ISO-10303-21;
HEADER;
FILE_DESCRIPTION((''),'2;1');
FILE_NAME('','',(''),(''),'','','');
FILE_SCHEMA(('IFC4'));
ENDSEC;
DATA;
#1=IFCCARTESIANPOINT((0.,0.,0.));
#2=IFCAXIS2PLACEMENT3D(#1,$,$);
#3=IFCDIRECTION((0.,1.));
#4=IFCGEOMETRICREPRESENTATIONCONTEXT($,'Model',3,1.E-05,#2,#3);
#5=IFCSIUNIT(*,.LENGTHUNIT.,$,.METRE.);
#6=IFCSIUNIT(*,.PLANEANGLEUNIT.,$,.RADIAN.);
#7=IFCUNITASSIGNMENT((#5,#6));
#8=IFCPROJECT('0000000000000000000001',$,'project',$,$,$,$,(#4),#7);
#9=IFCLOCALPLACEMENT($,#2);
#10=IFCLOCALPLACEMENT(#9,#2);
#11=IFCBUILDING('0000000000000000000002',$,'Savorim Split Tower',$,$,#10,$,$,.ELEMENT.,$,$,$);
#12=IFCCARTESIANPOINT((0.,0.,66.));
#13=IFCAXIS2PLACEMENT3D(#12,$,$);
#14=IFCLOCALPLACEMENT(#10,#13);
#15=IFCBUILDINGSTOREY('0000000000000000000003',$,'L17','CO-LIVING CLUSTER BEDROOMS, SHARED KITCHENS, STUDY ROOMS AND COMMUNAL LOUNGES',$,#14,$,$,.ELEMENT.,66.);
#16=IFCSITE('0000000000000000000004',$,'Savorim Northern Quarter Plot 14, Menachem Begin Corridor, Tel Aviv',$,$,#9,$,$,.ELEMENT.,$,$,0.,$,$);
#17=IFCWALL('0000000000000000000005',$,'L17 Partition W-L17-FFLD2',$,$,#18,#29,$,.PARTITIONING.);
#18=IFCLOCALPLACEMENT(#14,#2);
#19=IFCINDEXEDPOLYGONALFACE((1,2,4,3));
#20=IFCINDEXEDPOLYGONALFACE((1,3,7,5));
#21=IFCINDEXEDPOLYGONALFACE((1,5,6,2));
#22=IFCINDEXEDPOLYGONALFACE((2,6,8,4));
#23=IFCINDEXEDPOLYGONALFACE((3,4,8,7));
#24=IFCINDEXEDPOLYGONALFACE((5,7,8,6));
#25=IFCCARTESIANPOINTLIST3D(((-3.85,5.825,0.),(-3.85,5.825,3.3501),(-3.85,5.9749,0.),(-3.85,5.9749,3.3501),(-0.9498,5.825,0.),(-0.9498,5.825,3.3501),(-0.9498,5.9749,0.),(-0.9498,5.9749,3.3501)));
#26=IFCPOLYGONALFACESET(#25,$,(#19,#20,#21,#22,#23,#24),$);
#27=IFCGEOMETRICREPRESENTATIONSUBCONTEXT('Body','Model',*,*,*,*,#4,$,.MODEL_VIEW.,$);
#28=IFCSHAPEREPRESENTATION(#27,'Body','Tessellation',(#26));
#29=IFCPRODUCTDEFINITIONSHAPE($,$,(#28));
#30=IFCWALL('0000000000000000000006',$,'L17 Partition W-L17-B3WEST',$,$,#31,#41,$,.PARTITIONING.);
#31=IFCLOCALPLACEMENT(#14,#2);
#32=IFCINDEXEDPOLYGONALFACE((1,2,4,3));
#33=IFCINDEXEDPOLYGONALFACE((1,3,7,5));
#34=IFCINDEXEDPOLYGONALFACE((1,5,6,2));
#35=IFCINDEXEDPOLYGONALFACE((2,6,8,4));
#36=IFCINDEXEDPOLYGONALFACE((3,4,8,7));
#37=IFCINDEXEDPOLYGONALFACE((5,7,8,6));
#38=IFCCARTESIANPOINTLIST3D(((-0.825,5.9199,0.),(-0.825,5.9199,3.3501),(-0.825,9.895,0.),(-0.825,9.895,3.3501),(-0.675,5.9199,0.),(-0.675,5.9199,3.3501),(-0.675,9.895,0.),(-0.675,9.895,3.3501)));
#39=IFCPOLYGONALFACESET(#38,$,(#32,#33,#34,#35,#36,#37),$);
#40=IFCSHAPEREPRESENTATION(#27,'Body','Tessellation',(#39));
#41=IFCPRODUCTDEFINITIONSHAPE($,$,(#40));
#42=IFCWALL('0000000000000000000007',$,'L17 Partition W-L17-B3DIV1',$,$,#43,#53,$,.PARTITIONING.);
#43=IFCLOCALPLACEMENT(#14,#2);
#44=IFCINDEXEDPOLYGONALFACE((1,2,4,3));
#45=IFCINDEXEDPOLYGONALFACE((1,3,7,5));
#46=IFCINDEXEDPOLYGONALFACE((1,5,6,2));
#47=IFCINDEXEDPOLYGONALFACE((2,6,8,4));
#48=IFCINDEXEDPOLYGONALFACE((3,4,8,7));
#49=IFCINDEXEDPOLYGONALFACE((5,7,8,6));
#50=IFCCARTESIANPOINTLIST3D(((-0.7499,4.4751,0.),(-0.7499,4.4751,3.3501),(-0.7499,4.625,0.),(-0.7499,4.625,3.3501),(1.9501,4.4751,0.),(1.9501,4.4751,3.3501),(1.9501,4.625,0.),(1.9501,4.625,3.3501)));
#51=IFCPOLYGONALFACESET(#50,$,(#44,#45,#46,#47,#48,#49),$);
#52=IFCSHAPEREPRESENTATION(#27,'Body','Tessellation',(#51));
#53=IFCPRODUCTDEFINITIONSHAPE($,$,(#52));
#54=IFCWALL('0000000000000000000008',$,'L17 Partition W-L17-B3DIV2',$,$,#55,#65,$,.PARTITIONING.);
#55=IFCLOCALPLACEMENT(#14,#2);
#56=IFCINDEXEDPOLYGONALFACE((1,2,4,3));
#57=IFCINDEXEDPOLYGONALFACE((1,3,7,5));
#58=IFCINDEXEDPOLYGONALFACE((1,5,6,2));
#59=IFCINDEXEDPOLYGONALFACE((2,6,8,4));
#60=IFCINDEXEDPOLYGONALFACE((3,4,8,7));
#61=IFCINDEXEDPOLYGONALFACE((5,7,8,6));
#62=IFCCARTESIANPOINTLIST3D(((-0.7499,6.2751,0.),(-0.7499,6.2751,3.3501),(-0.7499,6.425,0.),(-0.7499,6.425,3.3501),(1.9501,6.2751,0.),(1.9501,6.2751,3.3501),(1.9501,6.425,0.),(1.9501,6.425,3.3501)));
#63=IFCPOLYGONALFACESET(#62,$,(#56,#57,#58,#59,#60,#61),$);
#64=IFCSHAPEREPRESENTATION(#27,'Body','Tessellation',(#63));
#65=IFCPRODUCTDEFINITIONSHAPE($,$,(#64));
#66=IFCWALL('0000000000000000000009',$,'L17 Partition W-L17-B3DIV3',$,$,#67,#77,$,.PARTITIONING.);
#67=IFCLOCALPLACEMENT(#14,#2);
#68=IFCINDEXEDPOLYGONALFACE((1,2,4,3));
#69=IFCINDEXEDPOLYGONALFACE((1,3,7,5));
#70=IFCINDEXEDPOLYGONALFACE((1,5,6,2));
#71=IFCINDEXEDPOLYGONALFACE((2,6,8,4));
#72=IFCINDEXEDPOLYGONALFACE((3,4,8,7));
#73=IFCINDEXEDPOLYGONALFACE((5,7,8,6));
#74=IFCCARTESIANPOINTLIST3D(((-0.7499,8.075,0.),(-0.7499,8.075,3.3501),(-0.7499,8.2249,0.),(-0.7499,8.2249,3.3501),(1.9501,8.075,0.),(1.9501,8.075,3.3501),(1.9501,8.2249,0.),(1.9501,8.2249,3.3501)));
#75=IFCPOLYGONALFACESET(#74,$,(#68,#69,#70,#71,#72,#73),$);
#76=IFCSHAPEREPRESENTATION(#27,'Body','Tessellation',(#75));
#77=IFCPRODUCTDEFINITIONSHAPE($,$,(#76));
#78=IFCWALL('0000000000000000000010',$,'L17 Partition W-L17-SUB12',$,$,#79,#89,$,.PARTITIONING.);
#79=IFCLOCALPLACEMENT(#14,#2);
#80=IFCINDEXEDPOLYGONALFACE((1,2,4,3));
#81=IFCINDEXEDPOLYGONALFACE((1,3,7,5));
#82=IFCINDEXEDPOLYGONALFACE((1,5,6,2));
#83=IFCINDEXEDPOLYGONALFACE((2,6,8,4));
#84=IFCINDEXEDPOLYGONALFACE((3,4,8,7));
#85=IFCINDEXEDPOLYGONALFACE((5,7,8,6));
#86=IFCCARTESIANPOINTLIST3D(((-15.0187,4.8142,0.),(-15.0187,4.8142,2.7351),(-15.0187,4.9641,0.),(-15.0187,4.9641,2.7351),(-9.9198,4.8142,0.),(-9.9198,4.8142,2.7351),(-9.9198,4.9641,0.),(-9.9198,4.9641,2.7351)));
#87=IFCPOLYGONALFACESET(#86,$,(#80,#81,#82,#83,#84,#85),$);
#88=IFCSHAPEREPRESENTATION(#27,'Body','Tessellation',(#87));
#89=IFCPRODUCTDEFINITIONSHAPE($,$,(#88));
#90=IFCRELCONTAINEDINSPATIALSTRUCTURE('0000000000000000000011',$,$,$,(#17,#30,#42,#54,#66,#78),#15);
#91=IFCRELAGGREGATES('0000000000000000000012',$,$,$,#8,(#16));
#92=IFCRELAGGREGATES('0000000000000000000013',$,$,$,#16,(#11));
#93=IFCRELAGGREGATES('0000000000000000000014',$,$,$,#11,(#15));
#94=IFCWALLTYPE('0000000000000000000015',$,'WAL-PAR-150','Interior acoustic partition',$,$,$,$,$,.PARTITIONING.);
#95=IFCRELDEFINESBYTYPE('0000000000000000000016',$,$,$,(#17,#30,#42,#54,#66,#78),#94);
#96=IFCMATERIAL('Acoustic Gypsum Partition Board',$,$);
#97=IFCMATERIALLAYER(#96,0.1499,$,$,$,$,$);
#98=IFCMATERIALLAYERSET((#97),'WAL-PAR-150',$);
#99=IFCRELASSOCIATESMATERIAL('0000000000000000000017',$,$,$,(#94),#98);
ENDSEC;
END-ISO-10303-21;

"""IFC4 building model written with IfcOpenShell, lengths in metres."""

from ifc_helpers import new_model, si_unit, direction, frame, frame_2d, origin, place, context, subcontext, project, spatial, rectangle, extrude, material, layer, layer_set, type_object, element, save


model = new_model("IFC4")

# Units and contexts
model_context = context("Model", 3, precision=1e-05, world=origin(), true_north=direction((0.0, 1.0)))
body_context = subcontext(model_context, "Body", "Model", "MODEL_VIEW")
ifc_project = project(units=[si_unit("LENGTHUNIT", "METRE"), si_unit("PLANEANGLEUNIT", "RADIAN")], contexts=[model_context])

# Site, building, storey
site_placement = place(None, origin())
site = spatial("IfcSite", under=ifc_project, at=site_placement, Name="Savorim Northern Quarter Plot 14, Menachem Begin Corridor, Tel Aviv", CompositionType="ELEMENT", RefElevation=0.0)
building_placement = place(site_placement, origin())
building = spatial("IfcBuilding", under=site, at=building_placement, Name="Savorim Split Tower", CompositionType="ELEMENT")
storey_placement = place(building_placement, frame((0.0, 0.0, 66.0)))
storey = spatial("IfcBuildingStorey", under=building, at=storey_placement, Name="L17", Description="CO-LIVING CLUSTER BEDROOMS, SHARED KITCHENS, STUDY ROOMS AND COMMUNAL LOUNGES", CompositionType="ELEMENT", Elevation=66.0)

# Walls
ifc_material_1 = material(Name="Acoustic Gypsum Partition Board")
ifc_layer_1 = layer(ifc_material_1, 0.1499)
ifc_layer_set_1 = layer_set([ifc_layer_1], Name="WAL-PAR-150")
wall_type_1 = type_object("IfcWallType", Name="WAL-PAR-150", Description="Interior acoustic partition", PredefinedType="PARTITIONING", material=ifc_layer_set_1)
wall_1_placement = place(storey_placement, frame((-3.8501, 5.8999, 0.0), z_axis=(0.0, 0.0, 1.0), x_axis=(1.0, 0.0, 0.0)))
element("IfcWall", 1, at=wall_1_placement, inside=storey, type_object=wall_type_1, Name="L17 Partition W-L17-FFLD2", PredefinedType="PARTITIONING", context=body_context, shape_type="SweptSolid", body=[
    extrude(rectangle(XDim=2.9001, YDim=0.1499, at=frame_2d((1.4502, 0.0))), origin(), (0.0, 0.0, 1.0), 3.3501),
])
wall_2_placement = place(storey_placement, frame((-0.75, 5.9199, 0.0), z_axis=(0.0, 0.0, 1.0), x_axis=(0.0, 1.0, 0.0)))
element("IfcWall", 2, at=wall_2_placement, inside=storey, type_object=wall_type_1, Name="L17 Partition W-L17-B3WEST", PredefinedType="PARTITIONING", context=body_context, shape_type="SweptSolid", body=[
    extrude(rectangle(XDim=3.9751, YDim=0.1499, at=frame_2d((1.9875, 0.0))), origin(), (0.0, 0.0, 1.0), 3.3501),
])
for number, where, z_axis, x_axis, name in (
    (3, (-0.75, 4.55, 0.0), (0.0, 0.0, 1.0), (1.0, 0.0, 0.0), "L17 Partition W-L17-B3DIV1"),
    (4, (-0.75, 6.3501, 0.0), (0.0, 0.0, 1.0), (1.0, 0.0, 0.0), "L17 Partition W-L17-B3DIV2"),
    (5, (-0.75, 8.1499, 0.0), (0.0, 0.0, 1.0), (1.0, 0.0, 0.0), "L17 Partition W-L17-B3DIV3"),
):
    element("IfcWall", number, at=place(storey_placement, frame(where, z_axis=z_axis, x_axis=x_axis)), inside=storey, type_object=wall_type_1, Name=name, PredefinedType="PARTITIONING", context=body_context, shape_type="SweptSolid", body=[
        extrude(rectangle(XDim=2.7, YDim=0.1499, at=frame_2d((1.3501, 0.0))), origin(), (0.0, 0.0, 1.0), 3.3501),
    ])
wall_3_placement = place(storey_placement, frame((-9.9199, 4.8892, 0.0), z_axis=(0.0, 0.0, 1.0), x_axis=(-1.0, 0.0, 0.0)))
element("IfcWall", 6, at=wall_3_placement, inside=storey, type_object=wall_type_1, Name="L17 Partition W-L17-SUB12", PredefinedType="PARTITIONING", context=body_context, shape_type="SweptSolid", body=[
    extrude(rectangle(XDim=5.0989, YDim=0.1499, at=frame_2d((2.5493, 0.0))), origin(), (0.0, 0.0, 1.0), 2.7351),
])

save(model, "model.ifc")
